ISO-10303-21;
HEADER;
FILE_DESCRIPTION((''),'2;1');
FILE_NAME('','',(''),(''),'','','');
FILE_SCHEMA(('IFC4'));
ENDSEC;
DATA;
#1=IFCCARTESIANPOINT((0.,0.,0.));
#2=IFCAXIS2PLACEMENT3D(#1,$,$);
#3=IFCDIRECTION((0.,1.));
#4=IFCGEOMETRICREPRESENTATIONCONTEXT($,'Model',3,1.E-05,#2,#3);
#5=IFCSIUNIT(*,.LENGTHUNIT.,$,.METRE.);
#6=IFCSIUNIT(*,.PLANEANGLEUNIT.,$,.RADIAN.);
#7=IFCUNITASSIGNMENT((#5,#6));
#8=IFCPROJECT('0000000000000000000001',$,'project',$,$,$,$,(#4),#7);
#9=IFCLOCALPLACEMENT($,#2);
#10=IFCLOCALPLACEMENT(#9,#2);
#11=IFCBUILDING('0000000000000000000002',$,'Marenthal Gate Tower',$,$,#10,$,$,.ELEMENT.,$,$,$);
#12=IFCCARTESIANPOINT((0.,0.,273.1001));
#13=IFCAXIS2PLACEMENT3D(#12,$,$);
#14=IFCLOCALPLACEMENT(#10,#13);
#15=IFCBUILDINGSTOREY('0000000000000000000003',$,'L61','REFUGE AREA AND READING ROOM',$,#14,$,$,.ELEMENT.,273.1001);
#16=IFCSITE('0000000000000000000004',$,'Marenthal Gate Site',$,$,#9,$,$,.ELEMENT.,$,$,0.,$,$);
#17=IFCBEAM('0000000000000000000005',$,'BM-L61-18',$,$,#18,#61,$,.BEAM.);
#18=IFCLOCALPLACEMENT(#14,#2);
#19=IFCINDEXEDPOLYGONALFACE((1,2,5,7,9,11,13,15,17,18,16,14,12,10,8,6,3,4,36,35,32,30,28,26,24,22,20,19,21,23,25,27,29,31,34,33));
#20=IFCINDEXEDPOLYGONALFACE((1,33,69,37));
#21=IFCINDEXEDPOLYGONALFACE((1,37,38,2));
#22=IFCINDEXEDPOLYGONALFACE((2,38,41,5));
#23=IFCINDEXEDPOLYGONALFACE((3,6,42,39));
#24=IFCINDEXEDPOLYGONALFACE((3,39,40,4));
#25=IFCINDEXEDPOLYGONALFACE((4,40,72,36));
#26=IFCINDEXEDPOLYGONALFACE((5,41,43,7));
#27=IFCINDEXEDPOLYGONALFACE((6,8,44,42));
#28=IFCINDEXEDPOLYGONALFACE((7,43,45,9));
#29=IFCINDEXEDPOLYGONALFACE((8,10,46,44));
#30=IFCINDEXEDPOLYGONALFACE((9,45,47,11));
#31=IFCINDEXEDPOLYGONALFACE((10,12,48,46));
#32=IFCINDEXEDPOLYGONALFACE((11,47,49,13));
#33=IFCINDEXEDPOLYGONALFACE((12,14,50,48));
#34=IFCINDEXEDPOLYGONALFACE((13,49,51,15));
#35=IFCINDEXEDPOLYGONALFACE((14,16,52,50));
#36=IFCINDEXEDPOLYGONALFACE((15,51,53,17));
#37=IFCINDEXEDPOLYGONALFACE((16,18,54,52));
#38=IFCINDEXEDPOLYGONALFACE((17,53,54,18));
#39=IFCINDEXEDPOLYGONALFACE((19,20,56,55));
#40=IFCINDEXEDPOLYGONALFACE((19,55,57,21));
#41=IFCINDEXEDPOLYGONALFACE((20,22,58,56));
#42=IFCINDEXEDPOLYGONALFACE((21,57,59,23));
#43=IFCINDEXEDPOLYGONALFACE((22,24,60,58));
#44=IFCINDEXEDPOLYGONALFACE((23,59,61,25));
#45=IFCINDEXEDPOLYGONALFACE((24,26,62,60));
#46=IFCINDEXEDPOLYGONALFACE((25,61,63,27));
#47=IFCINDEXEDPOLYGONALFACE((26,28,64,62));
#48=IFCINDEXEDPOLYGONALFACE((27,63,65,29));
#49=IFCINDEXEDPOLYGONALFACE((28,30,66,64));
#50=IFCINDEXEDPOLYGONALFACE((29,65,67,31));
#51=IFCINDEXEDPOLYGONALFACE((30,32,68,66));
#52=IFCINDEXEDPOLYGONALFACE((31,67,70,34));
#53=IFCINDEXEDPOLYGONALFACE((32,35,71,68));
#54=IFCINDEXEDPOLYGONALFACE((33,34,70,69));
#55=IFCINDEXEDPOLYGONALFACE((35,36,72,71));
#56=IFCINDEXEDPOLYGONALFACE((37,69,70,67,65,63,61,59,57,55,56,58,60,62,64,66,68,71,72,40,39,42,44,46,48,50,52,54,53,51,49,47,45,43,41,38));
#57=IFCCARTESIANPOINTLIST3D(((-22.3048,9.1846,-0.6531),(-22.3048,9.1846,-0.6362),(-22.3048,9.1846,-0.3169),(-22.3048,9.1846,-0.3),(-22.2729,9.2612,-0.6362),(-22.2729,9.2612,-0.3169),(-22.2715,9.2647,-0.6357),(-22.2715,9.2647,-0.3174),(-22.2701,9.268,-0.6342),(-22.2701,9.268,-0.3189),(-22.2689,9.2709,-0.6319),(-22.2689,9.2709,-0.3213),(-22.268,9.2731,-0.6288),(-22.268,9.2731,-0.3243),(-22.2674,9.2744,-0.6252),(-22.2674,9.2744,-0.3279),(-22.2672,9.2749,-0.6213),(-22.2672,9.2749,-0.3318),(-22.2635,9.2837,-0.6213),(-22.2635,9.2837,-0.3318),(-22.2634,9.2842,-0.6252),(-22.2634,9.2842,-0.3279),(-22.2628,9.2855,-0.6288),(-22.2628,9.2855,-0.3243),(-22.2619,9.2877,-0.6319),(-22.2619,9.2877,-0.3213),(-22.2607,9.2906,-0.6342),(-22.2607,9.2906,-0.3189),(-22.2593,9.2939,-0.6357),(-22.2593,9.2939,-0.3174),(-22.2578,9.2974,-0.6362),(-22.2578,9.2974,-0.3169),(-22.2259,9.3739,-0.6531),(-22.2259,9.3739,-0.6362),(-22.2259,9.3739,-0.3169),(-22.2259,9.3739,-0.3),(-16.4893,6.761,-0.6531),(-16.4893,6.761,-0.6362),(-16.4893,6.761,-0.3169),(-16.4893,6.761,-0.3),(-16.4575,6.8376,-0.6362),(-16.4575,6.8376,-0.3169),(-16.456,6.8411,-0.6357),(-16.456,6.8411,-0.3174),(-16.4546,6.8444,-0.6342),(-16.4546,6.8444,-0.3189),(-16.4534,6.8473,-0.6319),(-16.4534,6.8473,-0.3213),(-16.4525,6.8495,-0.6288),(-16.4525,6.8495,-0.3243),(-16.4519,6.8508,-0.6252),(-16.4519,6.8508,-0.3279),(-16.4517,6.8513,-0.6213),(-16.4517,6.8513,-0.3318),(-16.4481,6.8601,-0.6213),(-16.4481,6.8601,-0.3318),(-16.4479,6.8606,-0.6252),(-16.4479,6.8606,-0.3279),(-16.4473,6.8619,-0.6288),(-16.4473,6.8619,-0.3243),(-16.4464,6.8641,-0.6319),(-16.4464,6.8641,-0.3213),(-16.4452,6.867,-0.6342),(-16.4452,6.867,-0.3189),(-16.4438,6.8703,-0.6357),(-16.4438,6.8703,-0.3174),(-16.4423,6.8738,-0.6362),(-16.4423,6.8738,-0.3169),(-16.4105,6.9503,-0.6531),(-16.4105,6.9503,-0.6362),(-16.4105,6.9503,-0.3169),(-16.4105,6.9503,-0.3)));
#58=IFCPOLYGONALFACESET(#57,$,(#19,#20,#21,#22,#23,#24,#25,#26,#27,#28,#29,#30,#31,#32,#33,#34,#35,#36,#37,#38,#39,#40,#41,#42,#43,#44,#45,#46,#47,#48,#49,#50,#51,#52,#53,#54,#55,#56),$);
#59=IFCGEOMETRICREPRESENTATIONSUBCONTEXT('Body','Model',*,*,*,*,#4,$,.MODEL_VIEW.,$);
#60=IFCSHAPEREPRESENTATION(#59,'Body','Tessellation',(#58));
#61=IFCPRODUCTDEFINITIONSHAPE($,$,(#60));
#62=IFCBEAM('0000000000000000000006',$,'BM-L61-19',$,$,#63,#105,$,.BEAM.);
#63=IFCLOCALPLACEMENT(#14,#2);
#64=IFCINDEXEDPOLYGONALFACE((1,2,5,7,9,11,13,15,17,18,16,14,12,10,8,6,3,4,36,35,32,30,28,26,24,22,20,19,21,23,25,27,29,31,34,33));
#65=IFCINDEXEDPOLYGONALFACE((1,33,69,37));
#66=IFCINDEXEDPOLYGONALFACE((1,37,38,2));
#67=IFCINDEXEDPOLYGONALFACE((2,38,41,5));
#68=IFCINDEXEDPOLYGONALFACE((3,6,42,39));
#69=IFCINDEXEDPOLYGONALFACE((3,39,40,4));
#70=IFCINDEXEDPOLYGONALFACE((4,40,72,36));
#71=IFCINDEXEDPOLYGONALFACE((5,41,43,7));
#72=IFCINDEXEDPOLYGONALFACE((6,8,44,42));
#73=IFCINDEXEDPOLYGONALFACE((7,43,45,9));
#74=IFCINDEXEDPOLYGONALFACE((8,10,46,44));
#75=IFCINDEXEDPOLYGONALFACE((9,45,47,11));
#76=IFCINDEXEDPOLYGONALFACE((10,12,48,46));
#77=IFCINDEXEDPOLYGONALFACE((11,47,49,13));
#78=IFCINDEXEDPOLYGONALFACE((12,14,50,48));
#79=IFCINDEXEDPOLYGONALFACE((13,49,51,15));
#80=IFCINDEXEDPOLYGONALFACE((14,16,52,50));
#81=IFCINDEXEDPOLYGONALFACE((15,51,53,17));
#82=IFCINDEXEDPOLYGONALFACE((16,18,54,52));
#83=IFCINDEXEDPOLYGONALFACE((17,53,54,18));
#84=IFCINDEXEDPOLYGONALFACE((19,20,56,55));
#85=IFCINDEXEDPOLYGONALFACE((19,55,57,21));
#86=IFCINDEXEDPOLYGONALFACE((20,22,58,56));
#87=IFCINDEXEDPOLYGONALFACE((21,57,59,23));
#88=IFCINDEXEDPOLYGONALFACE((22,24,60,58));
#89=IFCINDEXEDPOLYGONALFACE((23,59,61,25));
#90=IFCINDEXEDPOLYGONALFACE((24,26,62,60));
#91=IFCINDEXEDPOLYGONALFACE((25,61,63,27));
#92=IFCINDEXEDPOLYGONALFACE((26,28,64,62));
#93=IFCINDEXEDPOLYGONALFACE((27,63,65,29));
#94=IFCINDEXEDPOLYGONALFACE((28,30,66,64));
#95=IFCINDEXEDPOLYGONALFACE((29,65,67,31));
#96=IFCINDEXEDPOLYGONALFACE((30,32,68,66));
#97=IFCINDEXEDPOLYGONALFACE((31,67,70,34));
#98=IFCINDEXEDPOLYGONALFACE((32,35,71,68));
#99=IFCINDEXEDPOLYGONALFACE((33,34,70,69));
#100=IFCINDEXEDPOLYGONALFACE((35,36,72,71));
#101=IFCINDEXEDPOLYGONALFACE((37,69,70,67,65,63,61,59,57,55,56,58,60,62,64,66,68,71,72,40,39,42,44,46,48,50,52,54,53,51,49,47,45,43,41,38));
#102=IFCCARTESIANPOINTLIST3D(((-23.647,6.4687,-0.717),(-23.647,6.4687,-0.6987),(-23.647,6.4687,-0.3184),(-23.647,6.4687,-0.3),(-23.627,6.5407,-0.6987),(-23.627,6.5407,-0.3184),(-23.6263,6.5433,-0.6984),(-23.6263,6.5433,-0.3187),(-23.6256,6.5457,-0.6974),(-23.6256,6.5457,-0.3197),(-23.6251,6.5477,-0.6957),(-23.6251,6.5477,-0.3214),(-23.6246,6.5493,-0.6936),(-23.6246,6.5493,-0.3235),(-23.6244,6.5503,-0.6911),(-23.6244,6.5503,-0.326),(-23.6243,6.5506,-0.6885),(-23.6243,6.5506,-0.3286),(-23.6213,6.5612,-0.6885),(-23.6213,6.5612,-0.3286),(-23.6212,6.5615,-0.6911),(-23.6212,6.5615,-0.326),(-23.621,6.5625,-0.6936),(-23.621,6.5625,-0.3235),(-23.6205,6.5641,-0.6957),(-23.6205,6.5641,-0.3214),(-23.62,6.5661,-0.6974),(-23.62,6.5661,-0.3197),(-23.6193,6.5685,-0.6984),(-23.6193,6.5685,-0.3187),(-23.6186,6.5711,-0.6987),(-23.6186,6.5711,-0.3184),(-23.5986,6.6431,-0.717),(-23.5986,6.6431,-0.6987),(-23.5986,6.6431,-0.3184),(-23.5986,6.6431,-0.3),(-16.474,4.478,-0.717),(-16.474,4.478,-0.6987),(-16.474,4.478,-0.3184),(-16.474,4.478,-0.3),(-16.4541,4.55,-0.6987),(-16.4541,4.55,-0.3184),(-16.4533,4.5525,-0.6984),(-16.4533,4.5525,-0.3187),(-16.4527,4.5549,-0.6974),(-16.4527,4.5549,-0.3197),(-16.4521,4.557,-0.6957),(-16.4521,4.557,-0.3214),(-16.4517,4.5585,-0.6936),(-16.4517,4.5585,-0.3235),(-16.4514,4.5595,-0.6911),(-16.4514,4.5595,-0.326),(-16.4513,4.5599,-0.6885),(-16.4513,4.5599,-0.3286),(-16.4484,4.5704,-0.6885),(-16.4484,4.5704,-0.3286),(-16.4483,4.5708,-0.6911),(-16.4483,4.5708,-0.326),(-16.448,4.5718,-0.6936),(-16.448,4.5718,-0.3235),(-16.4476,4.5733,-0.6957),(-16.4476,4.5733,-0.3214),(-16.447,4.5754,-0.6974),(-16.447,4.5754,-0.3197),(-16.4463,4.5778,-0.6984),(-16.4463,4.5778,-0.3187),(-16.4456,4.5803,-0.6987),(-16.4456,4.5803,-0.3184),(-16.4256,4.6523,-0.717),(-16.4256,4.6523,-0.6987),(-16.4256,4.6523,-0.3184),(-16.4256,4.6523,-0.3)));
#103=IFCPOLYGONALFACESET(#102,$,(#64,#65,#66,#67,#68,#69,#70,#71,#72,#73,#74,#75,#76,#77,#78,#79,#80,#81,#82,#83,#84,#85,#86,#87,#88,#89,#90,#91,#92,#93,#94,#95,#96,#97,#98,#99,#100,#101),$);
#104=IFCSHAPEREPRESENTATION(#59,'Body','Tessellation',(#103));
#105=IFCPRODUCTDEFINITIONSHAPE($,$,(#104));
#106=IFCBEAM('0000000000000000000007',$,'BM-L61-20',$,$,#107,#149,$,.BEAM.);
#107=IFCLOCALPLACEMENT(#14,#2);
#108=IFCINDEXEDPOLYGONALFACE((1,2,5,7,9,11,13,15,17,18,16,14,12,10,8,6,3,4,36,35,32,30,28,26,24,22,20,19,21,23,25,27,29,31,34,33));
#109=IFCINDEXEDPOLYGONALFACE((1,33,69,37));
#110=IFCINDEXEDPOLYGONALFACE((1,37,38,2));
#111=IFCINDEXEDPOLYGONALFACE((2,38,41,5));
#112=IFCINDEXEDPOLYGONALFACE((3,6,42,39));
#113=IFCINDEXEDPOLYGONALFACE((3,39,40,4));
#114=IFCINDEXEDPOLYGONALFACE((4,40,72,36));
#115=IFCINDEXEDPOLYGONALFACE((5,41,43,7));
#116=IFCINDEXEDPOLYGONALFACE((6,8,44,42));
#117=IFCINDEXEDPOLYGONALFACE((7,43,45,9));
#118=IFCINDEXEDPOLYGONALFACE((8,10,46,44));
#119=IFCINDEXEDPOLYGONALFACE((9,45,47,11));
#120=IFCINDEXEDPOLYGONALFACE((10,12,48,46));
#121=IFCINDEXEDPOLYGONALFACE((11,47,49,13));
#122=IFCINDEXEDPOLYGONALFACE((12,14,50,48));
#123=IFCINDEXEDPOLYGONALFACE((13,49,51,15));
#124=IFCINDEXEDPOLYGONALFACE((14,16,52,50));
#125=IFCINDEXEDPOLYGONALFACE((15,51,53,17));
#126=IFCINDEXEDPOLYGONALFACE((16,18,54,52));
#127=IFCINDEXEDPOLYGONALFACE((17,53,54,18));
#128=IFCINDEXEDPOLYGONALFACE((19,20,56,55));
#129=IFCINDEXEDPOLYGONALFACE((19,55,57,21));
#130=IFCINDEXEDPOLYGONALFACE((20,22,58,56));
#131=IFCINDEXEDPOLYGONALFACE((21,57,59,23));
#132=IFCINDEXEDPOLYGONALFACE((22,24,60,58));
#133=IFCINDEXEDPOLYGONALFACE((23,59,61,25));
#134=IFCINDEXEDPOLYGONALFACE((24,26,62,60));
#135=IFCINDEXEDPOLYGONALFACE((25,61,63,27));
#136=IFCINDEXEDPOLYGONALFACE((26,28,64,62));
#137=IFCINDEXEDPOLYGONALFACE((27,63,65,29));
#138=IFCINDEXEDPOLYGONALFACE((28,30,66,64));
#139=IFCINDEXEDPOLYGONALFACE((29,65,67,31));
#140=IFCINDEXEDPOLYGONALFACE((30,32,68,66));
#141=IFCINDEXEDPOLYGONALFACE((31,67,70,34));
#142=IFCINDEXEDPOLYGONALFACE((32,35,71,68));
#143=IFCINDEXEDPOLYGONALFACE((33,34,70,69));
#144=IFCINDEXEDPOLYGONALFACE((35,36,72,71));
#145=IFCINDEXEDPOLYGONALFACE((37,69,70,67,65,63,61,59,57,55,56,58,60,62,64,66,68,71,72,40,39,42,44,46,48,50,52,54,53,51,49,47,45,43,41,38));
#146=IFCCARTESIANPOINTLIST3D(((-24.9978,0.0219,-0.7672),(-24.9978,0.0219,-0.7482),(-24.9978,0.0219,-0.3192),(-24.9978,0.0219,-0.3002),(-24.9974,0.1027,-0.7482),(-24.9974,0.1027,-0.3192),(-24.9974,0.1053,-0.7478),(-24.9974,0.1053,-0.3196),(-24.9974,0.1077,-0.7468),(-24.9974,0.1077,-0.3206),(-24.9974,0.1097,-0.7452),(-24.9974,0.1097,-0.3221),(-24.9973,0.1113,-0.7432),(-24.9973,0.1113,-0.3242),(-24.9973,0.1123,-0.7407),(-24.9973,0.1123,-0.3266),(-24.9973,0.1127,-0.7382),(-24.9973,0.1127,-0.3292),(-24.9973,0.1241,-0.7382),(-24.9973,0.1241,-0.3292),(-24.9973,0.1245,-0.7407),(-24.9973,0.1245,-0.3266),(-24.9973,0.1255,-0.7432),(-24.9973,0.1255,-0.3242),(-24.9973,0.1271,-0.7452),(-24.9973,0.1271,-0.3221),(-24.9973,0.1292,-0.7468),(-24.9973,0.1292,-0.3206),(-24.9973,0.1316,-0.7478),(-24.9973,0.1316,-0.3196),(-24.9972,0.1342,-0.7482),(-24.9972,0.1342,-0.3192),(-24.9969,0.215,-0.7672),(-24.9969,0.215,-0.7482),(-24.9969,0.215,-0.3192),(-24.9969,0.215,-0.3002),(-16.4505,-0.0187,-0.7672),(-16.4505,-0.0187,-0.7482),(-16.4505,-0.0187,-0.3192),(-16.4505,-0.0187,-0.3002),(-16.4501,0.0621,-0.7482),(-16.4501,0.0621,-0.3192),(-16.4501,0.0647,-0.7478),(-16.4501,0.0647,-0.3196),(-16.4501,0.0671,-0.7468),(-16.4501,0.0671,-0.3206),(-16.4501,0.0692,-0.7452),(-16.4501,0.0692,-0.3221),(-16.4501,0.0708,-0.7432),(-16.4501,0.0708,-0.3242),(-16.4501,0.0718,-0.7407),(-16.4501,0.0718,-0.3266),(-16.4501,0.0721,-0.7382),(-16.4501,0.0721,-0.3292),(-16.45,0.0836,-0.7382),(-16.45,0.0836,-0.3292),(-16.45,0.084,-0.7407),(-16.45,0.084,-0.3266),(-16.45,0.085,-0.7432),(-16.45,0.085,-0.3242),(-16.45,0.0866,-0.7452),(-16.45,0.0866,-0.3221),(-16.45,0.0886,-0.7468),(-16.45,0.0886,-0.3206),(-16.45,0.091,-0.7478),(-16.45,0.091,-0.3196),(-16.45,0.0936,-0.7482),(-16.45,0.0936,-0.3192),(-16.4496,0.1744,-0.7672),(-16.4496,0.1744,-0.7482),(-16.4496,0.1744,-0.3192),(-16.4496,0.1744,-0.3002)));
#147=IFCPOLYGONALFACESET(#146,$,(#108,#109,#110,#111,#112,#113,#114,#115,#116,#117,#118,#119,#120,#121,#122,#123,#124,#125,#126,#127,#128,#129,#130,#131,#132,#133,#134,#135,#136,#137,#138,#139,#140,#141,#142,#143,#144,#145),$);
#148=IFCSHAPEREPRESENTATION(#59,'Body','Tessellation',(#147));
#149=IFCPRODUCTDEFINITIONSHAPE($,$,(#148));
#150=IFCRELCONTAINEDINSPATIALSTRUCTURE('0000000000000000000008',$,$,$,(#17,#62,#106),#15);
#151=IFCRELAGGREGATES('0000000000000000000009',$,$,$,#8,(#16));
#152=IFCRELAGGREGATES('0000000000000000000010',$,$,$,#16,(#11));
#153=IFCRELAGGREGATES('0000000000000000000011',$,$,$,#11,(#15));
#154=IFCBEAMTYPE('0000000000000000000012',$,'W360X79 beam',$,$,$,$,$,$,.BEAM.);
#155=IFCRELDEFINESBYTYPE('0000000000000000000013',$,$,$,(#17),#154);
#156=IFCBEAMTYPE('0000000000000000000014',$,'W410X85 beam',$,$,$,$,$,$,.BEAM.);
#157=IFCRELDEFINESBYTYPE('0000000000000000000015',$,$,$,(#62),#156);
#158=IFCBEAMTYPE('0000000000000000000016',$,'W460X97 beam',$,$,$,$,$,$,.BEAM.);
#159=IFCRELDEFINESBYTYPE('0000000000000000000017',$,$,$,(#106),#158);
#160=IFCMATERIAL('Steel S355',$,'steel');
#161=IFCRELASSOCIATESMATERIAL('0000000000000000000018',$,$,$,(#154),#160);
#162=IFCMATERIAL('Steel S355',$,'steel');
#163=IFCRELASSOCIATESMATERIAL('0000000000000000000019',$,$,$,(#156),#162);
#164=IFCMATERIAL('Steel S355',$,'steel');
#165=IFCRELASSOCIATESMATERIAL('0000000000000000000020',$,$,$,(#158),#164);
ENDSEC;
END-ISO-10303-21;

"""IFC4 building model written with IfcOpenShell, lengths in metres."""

from ifc_helpers import new_model, si_unit, direction, frame, origin, origin_2d, place, context, subcontext, project, spatial, i_section, extrude, material, material_profile, profile_set, type_object, element, save


model = new_model("IFC4")

# Units and contexts
model_context = context("Model", 3, precision=1e-05, world=origin(), true_north=direction((0.0, 1.0)))
body_context = subcontext(model_context, "Body", "Model", "MODEL_VIEW")
ifc_project = project(units=[si_unit("LENGTHUNIT", "METRE"), si_unit("PLANEANGLEUNIT", "RADIAN")], contexts=[model_context])

# Site, building, storey
site_placement = place(None, origin())
site = spatial("IfcSite", under=ifc_project, at=site_placement, Name="Marenthal Gate Site", CompositionType="ELEMENT", RefElevation=0.0)
building_placement = place(site_placement, origin())
building = spatial("IfcBuilding", under=site, at=building_placement, Name="Marenthal Gate Tower", CompositionType="ELEMENT")
storey_placement = place(building_placement, frame((0.0, 0.0, 273.1001)))
storey = spatial("IfcBuildingStorey", under=building, at=storey_placement, Name="L61", Description="REFUGE AREA AND READING ROOM", CompositionType="ELEMENT", Elevation=273.1001)

# Beams
ifc_material_1 = material(Name="Steel S355", Category="steel")
ifc_material_profile_1 = material_profile(ifc_material_1, i_section(OverallWidth=0.2051, OverallDepth=0.353, WebThickness=0.0095, FlangeThickness=0.0168, FilletRadius=0.0149, at=origin_2d()), Name="W360X79")
ifc_profile_set_1 = profile_set([ifc_material_profile_1], Name="Steel S355")
beam_type_1 = type_object("IfcBeamType", Name="W360X79 beam", PredefinedType="BEAM", material=ifc_profile_set_1)
beam_1_placement = place(storey_placement, frame((-22.2654, 9.2793, -0.4766), z_axis=(0.923049, -0.384681, 0.0), x_axis=(0.384681, 0.923049, 0.0)))
element("IfcBeam", 1, at=beam_1_placement, inside=storey, type_object=beam_type_1, Name="BM-L61-18", PredefinedType="BEAM", context=body_context, shape_type="SweptSolid", body=[
    extrude(i_section(OverallWidth=0.2051, OverallDepth=0.353, WebThickness=0.0095, FlangeThickness=0.0168, FilletRadius=0.0149, at=origin_2d()), origin(), (0.0, 0.0, 1.0), 6.3003),
])
ifc_material_2 = material(Name="Steel S355", Category="steel")
ifc_material_profile_2 = material_profile(ifc_material_2, i_section(OverallWidth=0.1809, OverallDepth=0.417, WebThickness=0.011, FlangeThickness=0.0183, FilletRadius=0.0103, at=origin_2d()), Name="W410X85")
ifc_profile_set_2 = profile_set([ifc_material_profile_2], Name="Steel S355")
beam_type_2 = type_object("IfcBeamType", Name="W410X85 beam", PredefinedType="BEAM", material=ifc_profile_set_2)
beam_2_placement = place(storey_placement, frame((-23.6228, 6.5559, -0.5085), z_axis=(0.963578, -0.267427, 0.0), x_axis=(0.267427, 0.963578, 0.0)))
element("IfcBeam", 2, at=beam_2_placement, inside=storey, type_object=beam_type_2, Name="BM-L61-19", PredefinedType="BEAM", context=body_context, shape_type="SweptSolid", body=[
    extrude(i_section(OverallWidth=0.1809, OverallDepth=0.417, WebThickness=0.011, FlangeThickness=0.0183, FilletRadius=0.0103, at=origin_2d()), origin(), (0.0, 0.0, 1.0), 7.4441),
])
ifc_material_3 = material(Name="Steel S355", Category="steel")
ifc_material_profile_3 = material_profile(ifc_material_3, i_section(OverallWidth=0.1931, OverallDepth=0.467, WebThickness=0.0115, FlangeThickness=0.019, FilletRadius=0.01, at=origin_2d()), Name="W460X97")
ifc_profile_set_3 = profile_set([ifc_material_profile_3], Name="Steel S355")
beam_type_3 = type_object("IfcBeamType", Name="W460X97 beam", PredefinedType="BEAM", material=ifc_profile_set_3)
beam_3_placement = place(storey_placement, frame((-24.9973, 0.1184, -0.5337), z_axis=(0.999989, -0.004741, 0.0), x_axis=(0.004741, 0.999989, 0.0)))
element("IfcBeam", 3, at=beam_3_placement, inside=storey, type_object=beam_type_3, Name="BM-L61-20", PredefinedType="BEAM", context=body_context, shape_type="SweptSolid", body=[
    extrude(i_section(OverallWidth=0.1931, OverallDepth=0.467, WebThickness=0.0115, FlangeThickness=0.019, FilletRadius=0.01, at=origin_2d()), origin(), (0.0, 0.0, 1.0), 8.5474),
])

save(model, "model.ifc")
